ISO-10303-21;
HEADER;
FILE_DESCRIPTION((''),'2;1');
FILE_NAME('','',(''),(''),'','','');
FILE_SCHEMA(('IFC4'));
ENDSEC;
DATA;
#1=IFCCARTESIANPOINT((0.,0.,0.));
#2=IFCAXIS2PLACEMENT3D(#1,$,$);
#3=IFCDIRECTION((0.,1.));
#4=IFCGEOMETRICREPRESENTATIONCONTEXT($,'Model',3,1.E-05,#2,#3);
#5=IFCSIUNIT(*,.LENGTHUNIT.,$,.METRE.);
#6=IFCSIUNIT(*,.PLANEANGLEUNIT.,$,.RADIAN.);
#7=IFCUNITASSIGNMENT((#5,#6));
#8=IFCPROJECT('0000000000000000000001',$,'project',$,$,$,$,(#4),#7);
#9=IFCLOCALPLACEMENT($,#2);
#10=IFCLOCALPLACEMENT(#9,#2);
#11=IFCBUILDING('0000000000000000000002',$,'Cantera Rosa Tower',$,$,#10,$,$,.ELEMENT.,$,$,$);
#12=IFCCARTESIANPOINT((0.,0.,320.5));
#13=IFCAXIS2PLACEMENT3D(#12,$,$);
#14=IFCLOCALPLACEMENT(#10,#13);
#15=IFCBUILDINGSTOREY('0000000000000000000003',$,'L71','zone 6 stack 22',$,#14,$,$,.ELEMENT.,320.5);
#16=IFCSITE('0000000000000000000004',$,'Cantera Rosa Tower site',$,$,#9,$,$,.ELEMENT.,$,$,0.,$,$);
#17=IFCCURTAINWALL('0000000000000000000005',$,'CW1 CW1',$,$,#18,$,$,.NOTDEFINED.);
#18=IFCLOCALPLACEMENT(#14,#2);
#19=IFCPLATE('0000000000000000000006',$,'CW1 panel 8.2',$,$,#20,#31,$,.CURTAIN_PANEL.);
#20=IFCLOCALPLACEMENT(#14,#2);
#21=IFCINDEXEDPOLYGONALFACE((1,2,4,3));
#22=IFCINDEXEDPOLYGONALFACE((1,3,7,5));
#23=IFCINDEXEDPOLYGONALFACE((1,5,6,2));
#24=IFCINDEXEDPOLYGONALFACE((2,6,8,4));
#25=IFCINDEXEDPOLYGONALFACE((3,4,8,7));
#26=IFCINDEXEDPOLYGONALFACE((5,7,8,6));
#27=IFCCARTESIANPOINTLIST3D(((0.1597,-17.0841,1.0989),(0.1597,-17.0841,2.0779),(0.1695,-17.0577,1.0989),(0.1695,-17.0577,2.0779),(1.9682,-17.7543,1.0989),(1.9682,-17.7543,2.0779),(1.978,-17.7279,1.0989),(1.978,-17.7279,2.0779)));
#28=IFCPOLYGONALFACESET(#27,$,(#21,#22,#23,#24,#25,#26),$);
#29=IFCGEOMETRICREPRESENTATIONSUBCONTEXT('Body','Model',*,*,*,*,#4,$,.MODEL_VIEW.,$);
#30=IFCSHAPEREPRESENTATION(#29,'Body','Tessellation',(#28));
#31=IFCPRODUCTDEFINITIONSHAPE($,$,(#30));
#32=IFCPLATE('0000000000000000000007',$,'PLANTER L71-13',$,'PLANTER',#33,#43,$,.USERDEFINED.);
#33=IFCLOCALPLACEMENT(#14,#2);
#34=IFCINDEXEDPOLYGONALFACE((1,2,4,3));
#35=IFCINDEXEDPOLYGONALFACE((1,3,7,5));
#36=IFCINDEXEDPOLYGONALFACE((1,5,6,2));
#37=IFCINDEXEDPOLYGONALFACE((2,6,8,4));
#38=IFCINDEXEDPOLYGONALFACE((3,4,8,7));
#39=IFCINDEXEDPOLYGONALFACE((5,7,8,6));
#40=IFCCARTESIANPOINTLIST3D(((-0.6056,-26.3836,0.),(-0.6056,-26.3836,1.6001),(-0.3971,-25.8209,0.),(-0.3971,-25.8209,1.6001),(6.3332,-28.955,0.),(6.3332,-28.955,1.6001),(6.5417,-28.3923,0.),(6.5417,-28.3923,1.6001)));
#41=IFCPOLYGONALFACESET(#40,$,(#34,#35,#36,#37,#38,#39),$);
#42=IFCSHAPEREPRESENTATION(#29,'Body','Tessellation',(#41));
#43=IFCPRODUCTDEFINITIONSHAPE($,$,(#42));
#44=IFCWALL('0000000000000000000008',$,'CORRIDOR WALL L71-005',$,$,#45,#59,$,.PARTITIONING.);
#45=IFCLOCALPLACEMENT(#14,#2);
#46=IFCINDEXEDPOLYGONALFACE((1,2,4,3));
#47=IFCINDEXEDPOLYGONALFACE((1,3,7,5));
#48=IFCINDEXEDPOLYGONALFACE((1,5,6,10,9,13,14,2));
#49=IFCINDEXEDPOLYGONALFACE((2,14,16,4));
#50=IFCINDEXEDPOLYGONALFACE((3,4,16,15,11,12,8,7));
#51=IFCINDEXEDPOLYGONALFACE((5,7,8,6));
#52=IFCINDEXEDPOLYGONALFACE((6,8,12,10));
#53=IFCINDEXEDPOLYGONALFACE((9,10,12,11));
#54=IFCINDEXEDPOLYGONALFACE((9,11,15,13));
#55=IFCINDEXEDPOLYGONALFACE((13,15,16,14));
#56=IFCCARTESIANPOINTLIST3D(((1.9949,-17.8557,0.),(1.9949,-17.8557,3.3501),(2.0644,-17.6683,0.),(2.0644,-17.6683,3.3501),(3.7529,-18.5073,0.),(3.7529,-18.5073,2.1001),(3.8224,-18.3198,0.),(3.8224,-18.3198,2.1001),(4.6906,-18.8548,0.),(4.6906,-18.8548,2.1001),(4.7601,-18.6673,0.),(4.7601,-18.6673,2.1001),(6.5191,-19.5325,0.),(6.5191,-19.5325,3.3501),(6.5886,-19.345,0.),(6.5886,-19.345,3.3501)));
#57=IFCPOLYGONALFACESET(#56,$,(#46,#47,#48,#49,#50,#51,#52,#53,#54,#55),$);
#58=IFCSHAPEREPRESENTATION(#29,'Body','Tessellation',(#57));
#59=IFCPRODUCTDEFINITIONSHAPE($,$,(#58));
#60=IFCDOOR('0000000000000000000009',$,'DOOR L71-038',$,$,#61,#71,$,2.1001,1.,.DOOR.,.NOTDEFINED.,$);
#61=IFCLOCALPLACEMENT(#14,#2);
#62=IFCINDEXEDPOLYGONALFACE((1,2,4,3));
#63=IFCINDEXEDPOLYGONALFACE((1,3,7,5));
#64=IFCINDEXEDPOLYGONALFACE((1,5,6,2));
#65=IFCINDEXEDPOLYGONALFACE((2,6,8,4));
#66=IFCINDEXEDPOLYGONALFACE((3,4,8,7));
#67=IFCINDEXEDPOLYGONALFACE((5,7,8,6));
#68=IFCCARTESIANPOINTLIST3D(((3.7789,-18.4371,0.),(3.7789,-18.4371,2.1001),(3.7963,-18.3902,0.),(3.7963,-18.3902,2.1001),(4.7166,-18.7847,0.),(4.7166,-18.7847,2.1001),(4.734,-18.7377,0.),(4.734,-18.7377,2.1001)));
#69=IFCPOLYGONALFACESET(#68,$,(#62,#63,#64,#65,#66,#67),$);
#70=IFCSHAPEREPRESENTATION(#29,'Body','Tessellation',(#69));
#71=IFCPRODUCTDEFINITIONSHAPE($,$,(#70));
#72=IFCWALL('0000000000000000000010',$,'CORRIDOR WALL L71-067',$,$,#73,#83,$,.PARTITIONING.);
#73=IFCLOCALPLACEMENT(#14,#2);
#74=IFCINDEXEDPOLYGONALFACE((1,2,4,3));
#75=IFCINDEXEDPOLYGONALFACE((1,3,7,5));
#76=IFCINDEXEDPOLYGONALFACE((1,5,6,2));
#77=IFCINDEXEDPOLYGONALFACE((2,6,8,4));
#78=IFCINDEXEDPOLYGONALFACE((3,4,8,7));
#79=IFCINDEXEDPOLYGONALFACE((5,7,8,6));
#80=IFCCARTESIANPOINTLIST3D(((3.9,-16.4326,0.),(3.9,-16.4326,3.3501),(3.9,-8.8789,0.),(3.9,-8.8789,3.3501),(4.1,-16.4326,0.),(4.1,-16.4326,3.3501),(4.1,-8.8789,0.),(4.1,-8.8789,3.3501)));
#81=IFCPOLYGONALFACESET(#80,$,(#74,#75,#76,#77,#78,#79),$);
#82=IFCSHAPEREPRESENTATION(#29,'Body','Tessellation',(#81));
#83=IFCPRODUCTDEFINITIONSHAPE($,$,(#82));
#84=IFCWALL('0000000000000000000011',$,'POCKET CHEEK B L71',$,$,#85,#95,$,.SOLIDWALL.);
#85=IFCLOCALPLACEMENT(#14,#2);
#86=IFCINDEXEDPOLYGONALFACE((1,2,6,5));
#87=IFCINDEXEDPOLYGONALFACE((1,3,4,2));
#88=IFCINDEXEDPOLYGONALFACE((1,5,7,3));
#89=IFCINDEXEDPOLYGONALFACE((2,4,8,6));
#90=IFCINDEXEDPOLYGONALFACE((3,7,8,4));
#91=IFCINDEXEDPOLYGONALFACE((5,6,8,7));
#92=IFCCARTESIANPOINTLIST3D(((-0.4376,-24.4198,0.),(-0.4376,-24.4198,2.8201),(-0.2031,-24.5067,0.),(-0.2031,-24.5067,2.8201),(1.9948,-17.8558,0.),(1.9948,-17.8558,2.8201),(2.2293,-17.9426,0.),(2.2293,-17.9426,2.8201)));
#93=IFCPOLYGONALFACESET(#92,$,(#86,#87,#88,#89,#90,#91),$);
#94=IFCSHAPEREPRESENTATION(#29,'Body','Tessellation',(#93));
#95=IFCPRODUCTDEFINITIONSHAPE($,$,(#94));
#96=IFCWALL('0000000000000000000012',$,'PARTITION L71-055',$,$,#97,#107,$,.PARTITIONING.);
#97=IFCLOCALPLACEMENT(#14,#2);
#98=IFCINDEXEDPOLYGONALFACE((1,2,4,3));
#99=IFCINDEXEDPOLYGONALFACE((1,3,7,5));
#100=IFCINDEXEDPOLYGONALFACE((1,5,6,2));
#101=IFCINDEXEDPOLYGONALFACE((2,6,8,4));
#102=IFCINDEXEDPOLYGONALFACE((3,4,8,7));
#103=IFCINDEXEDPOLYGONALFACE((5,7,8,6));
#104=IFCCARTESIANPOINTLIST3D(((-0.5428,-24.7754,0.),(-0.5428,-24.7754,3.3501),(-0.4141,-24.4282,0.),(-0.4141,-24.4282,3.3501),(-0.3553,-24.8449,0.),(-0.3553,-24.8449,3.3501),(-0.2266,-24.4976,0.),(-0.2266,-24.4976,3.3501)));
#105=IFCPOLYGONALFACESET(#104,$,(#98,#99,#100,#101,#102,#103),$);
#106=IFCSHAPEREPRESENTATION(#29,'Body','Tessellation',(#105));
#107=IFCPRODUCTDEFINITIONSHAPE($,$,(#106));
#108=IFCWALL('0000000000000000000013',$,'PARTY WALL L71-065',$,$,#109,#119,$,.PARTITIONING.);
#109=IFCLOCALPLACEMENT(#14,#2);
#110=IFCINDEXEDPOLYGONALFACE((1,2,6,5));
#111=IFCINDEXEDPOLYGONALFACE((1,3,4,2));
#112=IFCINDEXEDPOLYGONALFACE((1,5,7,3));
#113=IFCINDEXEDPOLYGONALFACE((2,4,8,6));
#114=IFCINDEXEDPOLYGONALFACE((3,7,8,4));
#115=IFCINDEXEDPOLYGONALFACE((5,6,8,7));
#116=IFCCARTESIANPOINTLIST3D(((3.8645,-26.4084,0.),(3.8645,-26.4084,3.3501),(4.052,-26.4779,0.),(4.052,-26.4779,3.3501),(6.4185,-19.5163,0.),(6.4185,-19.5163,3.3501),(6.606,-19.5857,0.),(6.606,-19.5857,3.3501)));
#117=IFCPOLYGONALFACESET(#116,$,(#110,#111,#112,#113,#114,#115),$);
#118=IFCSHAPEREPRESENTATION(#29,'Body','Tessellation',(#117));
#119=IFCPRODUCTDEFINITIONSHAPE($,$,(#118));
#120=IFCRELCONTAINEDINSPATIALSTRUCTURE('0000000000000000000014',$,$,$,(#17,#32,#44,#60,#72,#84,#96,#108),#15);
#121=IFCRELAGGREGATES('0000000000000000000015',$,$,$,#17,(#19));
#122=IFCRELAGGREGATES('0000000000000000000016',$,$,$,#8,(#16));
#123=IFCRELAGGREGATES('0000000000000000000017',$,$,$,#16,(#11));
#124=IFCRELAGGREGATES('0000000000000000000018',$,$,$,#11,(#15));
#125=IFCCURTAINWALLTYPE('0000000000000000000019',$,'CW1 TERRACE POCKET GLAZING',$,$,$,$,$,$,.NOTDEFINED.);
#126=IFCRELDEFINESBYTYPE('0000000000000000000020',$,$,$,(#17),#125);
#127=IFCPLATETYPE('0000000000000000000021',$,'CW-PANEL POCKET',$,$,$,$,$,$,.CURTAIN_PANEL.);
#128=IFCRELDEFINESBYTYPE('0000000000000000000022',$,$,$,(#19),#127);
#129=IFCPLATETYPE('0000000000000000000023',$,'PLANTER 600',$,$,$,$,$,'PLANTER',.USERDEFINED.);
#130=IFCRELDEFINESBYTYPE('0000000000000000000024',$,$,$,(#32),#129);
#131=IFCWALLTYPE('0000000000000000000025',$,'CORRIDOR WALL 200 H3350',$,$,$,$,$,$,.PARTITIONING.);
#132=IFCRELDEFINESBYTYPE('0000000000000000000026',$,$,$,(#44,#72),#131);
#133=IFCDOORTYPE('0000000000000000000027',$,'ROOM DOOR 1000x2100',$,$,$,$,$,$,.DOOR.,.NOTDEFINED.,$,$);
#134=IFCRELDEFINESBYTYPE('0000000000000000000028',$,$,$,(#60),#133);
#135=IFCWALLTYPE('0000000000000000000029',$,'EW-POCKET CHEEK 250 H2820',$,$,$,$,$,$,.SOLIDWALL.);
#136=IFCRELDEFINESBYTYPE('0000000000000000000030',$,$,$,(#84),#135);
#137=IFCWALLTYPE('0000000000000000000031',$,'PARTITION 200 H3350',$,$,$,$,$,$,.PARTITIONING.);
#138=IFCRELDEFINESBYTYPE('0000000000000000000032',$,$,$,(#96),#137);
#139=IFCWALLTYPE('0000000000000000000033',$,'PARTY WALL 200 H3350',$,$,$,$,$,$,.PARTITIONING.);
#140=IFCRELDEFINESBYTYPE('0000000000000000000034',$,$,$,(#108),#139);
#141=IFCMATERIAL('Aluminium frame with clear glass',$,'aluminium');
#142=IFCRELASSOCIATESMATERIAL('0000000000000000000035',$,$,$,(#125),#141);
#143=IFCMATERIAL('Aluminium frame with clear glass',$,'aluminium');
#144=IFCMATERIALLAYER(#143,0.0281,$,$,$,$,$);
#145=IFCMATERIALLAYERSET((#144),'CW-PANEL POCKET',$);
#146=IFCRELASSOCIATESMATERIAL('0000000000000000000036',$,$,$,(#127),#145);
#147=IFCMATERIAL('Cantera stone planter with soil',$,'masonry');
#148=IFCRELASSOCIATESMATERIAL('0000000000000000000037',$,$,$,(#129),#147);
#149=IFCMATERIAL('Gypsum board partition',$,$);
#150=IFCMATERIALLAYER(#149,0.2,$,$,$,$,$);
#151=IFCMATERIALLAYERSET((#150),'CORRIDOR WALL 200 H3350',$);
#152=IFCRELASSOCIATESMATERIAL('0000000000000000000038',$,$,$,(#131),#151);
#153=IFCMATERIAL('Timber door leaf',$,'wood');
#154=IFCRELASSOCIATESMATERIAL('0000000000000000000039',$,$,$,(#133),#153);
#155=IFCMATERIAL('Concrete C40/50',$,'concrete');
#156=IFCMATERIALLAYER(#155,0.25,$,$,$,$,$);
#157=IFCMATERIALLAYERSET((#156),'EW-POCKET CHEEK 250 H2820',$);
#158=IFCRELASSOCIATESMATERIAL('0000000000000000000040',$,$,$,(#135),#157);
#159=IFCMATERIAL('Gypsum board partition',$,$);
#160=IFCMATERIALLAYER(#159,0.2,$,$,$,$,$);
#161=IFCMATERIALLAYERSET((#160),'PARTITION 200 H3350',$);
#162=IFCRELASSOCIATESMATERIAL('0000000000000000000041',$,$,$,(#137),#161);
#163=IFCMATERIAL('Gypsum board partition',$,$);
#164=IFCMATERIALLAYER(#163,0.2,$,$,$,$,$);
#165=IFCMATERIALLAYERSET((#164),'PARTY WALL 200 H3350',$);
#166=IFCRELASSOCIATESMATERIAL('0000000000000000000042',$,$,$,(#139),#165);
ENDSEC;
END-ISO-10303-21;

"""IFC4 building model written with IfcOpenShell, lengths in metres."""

from ifc_helpers import new_model, si_unit, direction, frame, frame_2d, origin, origin_2d, place, context, subcontext, project, spatial, rectangle, extrude, material, layer, layer_set, type_object, element, fill, aggregate, save


model = new_model("IFC4")

# Units and contexts
model_context = context("Model", 3, precision=1e-05, world=origin(), true_north=direction((0.0, 1.0)))
body_context = subcontext(model_context, "Body", "Model", "MODEL_VIEW")
ifc_project = project(units=[si_unit("LENGTHUNIT", "METRE"), si_unit("PLANEANGLEUNIT", "RADIAN")], contexts=[model_context])

# Site, building, storey
site_placement = place(None, origin())
site = spatial("IfcSite", under=ifc_project, at=site_placement, Name="Cantera Rosa Tower site", CompositionType="ELEMENT", RefElevation=0.0)
building_placement = place(site_placement, origin())
building = spatial("IfcBuilding", under=site, at=building_placement, Name="Cantera Rosa Tower", CompositionType="ELEMENT")
storey_placement = place(building_placement, frame((0.0, 0.0, 320.5)))
storey = spatial("IfcBuildingStorey", under=building, at=storey_placement, Name="L71", Description="zone 6 stack 22", CompositionType="ELEMENT", Elevation=320.5)

# Curtain wall
ifc_material_1 = material(Name="Aluminium frame with clear glass", Category="aluminium")
curtain_wall_type = type_object("IfcCurtainWallType", Name="CW1 TERRACE POCKET GLAZING", PredefinedType="NOTDEFINED", material=ifc_material_1)
curtain_wall_placement = place(storey_placement, origin())
curtain_wall = element("IfcCurtainWall", 1, at=curtain_wall_placement, inside=storey, type_object=curtain_wall_type, Name="CW1 CW1", PredefinedType="NOTDEFINED")

# Plates
ifc_material_2 = material(Name="Aluminium frame with clear glass", Category="aluminium")
ifc_layer_1 = layer(ifc_material_2, 0.0281)
ifc_layer_set_1 = layer_set([ifc_layer_1], Name="CW-PANEL POCKET")
plate_type_1 = type_object("IfcPlateType", Name="CW-PANEL POCKET", PredefinedType="CURTAIN_PANEL", material=ifc_layer_set_1)
plate_1_placement = place(storey_placement, frame((1.0688, -17.406, 1.0989), z_axis=(0.0, 0.0, 1.0), x_axis=(0.937687, -0.347481, 0.0)))
plate_1 = element("IfcPlate", 2, at=plate_1_placement, type_object=plate_type_1, Name="CW1 panel 8.2", PredefinedType="CURTAIN_PANEL", context=body_context, shape_type="SweptSolid", body=[
    extrude(rectangle(XDim=1.9287, YDim=0.0281, at=origin_2d()), origin(), (0.0, 0.0, 1.0), 0.979),
])
aggregate(curtain_wall, [plate_1])
ifc_material_3 = material(Name="Cantera stone planter with soil", Category="masonry")
plate_type_2 = type_object("IfcPlateType", Name="PLANTER 600", ElementType="PLANTER", PredefinedType="USERDEFINED", material=ifc_material_3)
plate_2_placement = place(storey_placement, frame((2.968, -27.3879, 0.0), z_axis=(0.0, 0.0, 1.0), x_axis=(0.937687, -0.347481, 0.0)))
element("IfcPlate", 3, at=plate_2_placement, inside=storey, type_object=plate_type_2, Name="PLANTER L71-13", ObjectType="PLANTER", PredefinedType="USERDEFINED", context=body_context, shape_type="SweptSolid", body=[
    extrude(rectangle(XDim=7.3999, YDim=0.6001, at=origin_2d()), origin(), (0.0, 0.0, 1.0), 1.6001),
])

# Wall, opening, door
ifc_material_4 = material(Name="Gypsum board partition")
ifc_layer_2 = layer(ifc_material_4, 0.2)
ifc_layer_set_2 = layer_set([ifc_layer_2], Name="CORRIDOR WALL 200 H3350")
wall_type_1 = type_object("IfcWallType", Name="CORRIDOR WALL 200 H3350", PredefinedType="PARTITIONING", material=ifc_layer_set_2)
wall_1_placement = place(storey_placement, frame((2.0295, -17.762, 0.0), z_axis=(0.0, 0.0, 1.0), x_axis=(0.937672, -0.347522, 0.0)))
wall_1 = element("IfcWall", 4, at=wall_1_placement, inside=storey, type_object=wall_type_1, Name="CORRIDOR WALL L71-005", PredefinedType="PARTITIONING", context=body_context, shape_type="SweptSolid", body=[
    extrude(rectangle(XDim=4.825, YDim=0.2, at=frame_2d((2.4126, 0.0))), origin(), (0.0, 0.0, 1.0), 3.3501),
])
opening_1_placement = place(wall_1_placement, frame((1.875, 0.0, 0.0)))
opening_1 = element("IfcOpeningElement", 5, at=opening_1_placement, cuts=wall_1, PredefinedType="OPENING", context=body_context, shape_type="SweptSolid", body=[
    extrude(rectangle(XDim=1.0, YDim=2.1001, at=frame_2d((0.5, 1.05))), frame((0.0, 0.1099, 0.0), z_axis=(0.0, -1.0, 0.0), x_axis=(1.0, 0.0, 0.0)), (0.0, 0.0, 1.0), 0.22),
])
ifc_material_5 = material(Name="Timber door leaf", Category="wood")
door_type_1 = type_object("IfcDoorType", Name="ROOM DOOR 1000x2100", OperationType="NOTDEFINED", PredefinedType="DOOR", material=ifc_material_5)
door_1_placement = place(opening_1_placement, origin())
door_1 = element("IfcDoor", 6, at=door_1_placement, inside=storey, type_object=door_type_1, Name="DOOR L71-038", OperationType="NOTDEFINED", OverallHeight=2.1001, OverallWidth=1.0, PredefinedType="DOOR", context=body_context, shape_type="SweptSolid", body=[
    extrude(rectangle(XDim=1.0, YDim=2.1001, at=frame_2d((0.5, 1.05))), frame((0.0, 0.0249, 0.0), z_axis=(0.0, -1.0, 0.0), x_axis=(1.0, 0.0, 0.0)), (0.0, 0.0, 1.0), 0.05),
])
fill(opening_1, door_1)

# Wall
wall_2_placement = place(storey_placement, frame((4.0, -16.4326, 0.0), z_axis=(0.0, 0.0, 1.0), x_axis=(0.0, 1.0, 0.0)))
element("IfcWall", 7, at=wall_2_placement, inside=storey, type_object=wall_type_1, Name="CORRIDOR WALL L71-067", PredefinedType="PARTITIONING", context=body_context, shape_type="SweptSolid", body=[
    extrude(rectangle(XDim=7.5537, YDim=0.2, at=frame_2d((3.7769, 0.0))), origin(), (0.0, 0.0, 1.0), 3.3501),
])

# Walls
ifc_material_6 = material(Name="Concrete C40/50", Category="concrete")
ifc_layer_3 = layer(ifc_material_6, 0.25)
ifc_layer_set_3 = layer_set([ifc_layer_3], Name="EW-POCKET CHEEK 250 H2820")
wall_type_2 = type_object("IfcWallType", Name="EW-POCKET CHEEK 250 H2820", PredefinedType="SOLIDWALL", material=ifc_layer_set_3)
wall_3_placement = place(storey_placement, frame((-0.3203, -24.4631, 0.0), z_axis=(0.0, 0.0, 1.0), x_axis=(0.347475, 0.937689, 0.0)))
element("IfcWall", 8, at=wall_3_placement, inside=storey, type_object=wall_type_2, Name="POCKET CHEEK B L71", PredefinedType="SOLIDWALL", context=body_context, shape_type="SweptSolid", body=[
    extrude(rectangle(XDim=7.0002, YDim=0.25, at=frame_2d((3.5, 0.0))), origin(), (0.0, 0.0, 1.0), 2.8201),
])
ifc_material_7 = material(Name="Gypsum board partition")
ifc_layer_4 = layer(ifc_material_7, 0.2)
ifc_layer_set_4 = layer_set([ifc_layer_4], Name="PARTITION 200 H3350")
wall_type_3 = type_object("IfcWallType", Name="PARTITION 200 H3350", PredefinedType="PARTITIONING", material=ifc_layer_set_4)
wall_4_placement = place(storey_placement, frame((-0.449, -24.8101, 0.0), z_axis=(0.0, 0.0, 1.0), x_axis=(0.347508, 0.937677, 0.0)))
element("IfcWall", 9, at=wall_4_placement, inside=storey, type_object=wall_type_3, Name="PARTITION L71-055", PredefinedType="PARTITIONING", context=body_context, shape_type="SweptSolid", body=[
    extrude(rectangle(XDim=0.3704, YDim=0.2, at=frame_2d((0.1851, 0.0))), origin(), (0.0, 0.0, 1.0), 3.3501),
])
ifc_material_8 = material(Name="Gypsum board partition")
ifc_layer_5 = layer(ifc_material_8, 0.2)
ifc_layer_set_5 = layer_set([ifc_layer_5], Name="PARTY WALL 200 H3350")
wall_type_4 = type_object("IfcWallType", Name="PARTY WALL 200 H3350", PredefinedType="PARTITIONING", material=ifc_layer_set_5)
wall_5_placement = place(storey_placement, frame((3.9583, -26.4431, 0.0), z_axis=(0.0, 0.0, 1.0), x_axis=(0.347473, 0.93769, 0.0)))
element("IfcWall", 10, at=wall_5_placement, inside=storey, type_object=wall_type_4, Name="PARTY WALL L71-065", PredefinedType="PARTITIONING", context=body_context, shape_type="SweptSolid", body=[
    extrude(rectangle(XDim=7.3501, YDim=0.2, at=frame_2d((3.675, 0.0))), origin(), (0.0, 0.0, 1.0), 3.3501),
])

save(model, "model.ifc")
